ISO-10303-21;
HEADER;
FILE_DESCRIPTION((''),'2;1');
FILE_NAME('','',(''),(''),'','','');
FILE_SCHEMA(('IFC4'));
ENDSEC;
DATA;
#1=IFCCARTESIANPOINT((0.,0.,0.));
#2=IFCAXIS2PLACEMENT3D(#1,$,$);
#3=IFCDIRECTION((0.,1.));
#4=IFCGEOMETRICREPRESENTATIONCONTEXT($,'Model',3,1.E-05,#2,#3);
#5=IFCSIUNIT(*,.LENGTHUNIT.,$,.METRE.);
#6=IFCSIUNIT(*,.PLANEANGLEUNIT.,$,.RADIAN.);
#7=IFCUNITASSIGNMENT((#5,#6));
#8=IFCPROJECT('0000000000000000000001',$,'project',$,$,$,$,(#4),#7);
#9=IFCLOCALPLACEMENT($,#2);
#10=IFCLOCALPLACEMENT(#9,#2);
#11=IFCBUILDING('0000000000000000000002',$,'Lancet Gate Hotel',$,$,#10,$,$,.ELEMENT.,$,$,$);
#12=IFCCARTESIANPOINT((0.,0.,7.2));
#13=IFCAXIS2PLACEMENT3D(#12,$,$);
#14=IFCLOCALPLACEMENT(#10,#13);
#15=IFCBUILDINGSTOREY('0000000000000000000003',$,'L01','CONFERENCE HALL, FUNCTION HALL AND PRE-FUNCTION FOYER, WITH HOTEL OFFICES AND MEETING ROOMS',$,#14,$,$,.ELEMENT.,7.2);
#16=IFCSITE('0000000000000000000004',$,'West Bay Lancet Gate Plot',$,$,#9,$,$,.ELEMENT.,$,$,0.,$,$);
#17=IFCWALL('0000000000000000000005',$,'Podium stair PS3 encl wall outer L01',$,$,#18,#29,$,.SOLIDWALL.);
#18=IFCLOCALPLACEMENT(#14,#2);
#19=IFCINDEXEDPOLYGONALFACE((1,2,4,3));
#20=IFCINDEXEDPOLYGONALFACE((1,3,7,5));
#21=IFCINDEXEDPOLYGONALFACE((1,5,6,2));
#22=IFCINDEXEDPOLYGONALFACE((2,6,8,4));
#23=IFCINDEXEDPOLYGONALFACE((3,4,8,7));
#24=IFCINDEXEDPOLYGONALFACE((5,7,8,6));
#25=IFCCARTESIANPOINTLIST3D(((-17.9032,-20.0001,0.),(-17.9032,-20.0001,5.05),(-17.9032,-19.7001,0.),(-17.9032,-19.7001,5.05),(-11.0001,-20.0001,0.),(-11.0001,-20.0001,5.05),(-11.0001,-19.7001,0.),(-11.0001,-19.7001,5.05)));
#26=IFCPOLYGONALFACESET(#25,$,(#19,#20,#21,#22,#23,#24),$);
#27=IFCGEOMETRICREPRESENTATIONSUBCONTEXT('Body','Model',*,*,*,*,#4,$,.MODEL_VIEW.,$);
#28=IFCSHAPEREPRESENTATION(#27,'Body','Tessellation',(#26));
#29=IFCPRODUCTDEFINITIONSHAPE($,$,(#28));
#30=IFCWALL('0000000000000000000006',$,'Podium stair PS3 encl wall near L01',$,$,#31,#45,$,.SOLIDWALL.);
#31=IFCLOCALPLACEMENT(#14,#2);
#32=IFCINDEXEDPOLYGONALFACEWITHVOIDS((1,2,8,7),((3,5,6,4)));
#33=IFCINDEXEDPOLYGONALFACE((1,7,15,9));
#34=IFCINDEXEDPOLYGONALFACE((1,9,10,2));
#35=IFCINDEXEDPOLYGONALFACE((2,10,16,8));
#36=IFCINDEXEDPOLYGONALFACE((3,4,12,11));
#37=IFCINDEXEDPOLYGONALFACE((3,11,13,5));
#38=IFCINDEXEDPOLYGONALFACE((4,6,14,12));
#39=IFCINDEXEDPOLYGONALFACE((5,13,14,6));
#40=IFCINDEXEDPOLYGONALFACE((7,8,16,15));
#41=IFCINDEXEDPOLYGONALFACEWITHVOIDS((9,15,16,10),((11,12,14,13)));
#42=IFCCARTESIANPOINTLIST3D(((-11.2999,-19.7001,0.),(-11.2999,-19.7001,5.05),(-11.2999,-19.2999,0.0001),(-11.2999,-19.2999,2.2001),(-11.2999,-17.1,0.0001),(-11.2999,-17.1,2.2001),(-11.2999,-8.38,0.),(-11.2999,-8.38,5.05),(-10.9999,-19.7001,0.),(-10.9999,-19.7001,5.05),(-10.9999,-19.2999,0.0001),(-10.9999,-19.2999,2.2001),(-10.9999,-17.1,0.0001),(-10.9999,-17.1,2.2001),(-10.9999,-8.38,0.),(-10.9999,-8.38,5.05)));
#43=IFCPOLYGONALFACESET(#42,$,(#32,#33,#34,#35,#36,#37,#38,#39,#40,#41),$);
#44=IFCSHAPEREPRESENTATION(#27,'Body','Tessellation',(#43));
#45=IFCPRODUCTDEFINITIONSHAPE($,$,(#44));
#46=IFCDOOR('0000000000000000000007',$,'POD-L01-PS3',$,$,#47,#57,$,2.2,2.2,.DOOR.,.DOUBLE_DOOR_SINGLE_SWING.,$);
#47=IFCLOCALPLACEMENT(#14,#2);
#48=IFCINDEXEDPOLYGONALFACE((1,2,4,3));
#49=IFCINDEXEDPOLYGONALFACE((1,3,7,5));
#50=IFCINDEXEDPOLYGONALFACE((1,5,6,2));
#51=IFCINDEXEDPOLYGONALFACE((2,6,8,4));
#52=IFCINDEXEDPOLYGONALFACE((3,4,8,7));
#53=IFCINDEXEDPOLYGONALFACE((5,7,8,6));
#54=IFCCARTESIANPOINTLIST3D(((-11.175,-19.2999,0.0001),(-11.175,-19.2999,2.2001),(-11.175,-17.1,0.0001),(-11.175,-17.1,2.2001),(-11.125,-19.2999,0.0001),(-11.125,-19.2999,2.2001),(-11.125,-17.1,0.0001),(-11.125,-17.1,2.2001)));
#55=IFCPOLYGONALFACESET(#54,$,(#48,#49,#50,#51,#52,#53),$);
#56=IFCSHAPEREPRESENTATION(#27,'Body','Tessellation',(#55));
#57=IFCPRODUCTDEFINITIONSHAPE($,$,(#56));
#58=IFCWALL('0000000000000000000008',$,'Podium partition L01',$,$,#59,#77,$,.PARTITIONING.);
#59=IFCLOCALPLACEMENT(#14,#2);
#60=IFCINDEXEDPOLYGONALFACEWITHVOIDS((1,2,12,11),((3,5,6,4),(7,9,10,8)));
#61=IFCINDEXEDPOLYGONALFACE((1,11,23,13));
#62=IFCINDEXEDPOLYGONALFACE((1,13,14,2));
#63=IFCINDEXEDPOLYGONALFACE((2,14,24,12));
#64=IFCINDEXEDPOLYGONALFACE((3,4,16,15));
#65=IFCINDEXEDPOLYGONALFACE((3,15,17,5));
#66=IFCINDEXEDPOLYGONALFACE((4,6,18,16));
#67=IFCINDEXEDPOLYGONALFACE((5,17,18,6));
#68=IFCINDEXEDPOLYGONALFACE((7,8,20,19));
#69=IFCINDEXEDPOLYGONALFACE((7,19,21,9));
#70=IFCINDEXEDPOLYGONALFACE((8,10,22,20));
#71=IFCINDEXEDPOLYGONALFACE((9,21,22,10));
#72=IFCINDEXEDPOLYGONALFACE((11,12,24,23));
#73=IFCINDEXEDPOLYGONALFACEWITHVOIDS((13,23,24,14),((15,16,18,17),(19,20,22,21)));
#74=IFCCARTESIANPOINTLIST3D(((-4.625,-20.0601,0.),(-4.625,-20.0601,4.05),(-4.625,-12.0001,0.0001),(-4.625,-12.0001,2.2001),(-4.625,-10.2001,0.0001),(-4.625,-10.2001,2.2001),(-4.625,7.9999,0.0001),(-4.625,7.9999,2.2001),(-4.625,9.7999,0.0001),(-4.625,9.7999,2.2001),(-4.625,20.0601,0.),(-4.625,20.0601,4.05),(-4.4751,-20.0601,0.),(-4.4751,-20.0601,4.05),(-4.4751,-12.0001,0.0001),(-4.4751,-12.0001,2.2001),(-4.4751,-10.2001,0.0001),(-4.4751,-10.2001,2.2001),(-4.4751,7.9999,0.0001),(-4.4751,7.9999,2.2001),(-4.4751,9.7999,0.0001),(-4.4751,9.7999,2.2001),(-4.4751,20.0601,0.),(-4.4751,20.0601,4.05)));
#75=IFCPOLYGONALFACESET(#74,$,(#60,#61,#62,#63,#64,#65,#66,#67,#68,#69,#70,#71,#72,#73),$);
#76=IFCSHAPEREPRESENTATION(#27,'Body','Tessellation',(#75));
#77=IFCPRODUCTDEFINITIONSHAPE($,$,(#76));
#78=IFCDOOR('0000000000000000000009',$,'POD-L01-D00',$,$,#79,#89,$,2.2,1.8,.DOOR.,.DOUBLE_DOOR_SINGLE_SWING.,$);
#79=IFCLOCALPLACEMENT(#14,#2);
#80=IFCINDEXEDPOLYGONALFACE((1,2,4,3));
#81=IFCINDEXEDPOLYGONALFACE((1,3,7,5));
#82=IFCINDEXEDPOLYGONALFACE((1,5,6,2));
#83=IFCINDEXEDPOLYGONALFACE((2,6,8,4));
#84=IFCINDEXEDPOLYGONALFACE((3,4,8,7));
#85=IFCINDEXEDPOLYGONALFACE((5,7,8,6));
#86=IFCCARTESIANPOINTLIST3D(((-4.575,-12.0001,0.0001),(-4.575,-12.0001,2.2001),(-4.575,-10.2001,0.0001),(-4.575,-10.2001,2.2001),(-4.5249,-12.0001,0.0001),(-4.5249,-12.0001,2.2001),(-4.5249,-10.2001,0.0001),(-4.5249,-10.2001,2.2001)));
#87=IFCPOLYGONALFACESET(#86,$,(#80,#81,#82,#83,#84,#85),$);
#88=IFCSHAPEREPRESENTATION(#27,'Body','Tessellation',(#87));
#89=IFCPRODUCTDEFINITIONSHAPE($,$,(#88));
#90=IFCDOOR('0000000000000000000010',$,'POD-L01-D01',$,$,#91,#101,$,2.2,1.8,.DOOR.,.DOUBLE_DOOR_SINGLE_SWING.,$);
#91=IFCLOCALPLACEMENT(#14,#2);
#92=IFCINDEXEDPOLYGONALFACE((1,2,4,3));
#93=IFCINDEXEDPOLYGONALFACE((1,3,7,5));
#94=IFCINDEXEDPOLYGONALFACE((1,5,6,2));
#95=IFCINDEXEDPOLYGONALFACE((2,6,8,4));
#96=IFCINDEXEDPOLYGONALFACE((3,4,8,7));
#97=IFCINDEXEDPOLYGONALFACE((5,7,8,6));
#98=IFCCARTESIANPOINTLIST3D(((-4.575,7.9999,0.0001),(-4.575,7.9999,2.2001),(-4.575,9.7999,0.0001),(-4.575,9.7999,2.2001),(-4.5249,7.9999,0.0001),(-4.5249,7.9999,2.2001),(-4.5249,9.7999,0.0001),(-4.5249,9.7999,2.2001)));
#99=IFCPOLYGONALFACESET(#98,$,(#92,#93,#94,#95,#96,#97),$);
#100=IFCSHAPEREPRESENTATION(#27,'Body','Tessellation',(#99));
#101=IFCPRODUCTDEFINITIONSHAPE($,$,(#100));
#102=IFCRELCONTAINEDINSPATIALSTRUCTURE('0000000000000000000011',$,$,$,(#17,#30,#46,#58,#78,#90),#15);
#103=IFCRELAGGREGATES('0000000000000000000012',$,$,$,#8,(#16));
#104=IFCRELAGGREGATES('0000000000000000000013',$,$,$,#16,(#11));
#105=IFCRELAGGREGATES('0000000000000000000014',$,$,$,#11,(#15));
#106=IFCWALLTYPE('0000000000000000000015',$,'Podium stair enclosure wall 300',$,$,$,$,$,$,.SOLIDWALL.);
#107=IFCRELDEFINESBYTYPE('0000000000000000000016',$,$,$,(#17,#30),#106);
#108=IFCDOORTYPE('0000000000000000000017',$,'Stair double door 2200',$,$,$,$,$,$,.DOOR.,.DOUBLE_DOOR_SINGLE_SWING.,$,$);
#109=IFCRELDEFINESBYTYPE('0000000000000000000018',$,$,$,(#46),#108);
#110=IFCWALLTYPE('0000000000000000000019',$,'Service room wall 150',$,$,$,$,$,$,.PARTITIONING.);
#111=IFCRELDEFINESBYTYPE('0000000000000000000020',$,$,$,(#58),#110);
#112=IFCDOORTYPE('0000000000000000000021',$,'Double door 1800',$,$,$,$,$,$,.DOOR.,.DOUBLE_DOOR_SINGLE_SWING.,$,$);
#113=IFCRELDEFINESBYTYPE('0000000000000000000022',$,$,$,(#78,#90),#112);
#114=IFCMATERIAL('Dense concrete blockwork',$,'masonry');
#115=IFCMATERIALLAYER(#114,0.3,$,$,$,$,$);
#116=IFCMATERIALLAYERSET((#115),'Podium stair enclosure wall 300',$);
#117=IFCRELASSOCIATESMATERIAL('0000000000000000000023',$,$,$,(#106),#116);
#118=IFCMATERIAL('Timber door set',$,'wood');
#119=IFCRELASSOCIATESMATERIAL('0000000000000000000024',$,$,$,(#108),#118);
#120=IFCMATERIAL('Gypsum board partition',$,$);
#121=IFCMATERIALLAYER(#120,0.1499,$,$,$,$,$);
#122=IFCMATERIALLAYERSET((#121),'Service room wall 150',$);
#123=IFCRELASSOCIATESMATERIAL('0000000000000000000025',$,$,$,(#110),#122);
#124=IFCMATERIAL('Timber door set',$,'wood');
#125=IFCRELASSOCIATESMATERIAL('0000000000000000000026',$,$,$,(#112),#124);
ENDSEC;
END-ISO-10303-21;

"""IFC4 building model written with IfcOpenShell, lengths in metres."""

from ifc_helpers import new_model, si_unit, direction, frame, frame_2d, origin, place, context, subcontext, project, spatial, rectangle, extrude, material, layer, layer_set, type_object, element, fill, save


model = new_model("IFC4")

# Units and contexts
model_context = context("Model", 3, precision=1e-05, world=origin(), true_north=direction((0.0, 1.0)))
body_context = subcontext(model_context, "Body", "Model", "MODEL_VIEW")
ifc_project = project(units=[si_unit("LENGTHUNIT", "METRE"), si_unit("PLANEANGLEUNIT", "RADIAN")], contexts=[model_context])

# Site, building, storey
site_placement = place(None, origin())
site = spatial("IfcSite", under=ifc_project, at=site_placement, Name="West Bay Lancet Gate Plot", CompositionType="ELEMENT", RefElevation=0.0)
building_placement = place(site_placement, origin())
building = spatial("IfcBuilding", under=site, at=building_placement, Name="Lancet Gate Hotel", CompositionType="ELEMENT")
storey_placement = place(building_placement, frame((0.0, 0.0, 7.2)))
storey = spatial("IfcBuildingStorey", under=building, at=storey_placement, Name="L01", Description="CONFERENCE HALL, FUNCTION HALL AND PRE-FUNCTION FOYER, WITH HOTEL OFFICES AND MEETING ROOMS", CompositionType="ELEMENT", Elevation=7.2)

# Wall
ifc_material_1 = material(Name="Dense concrete blockwork", Category="masonry")
ifc_layer_1 = layer(ifc_material_1, 0.3)
ifc_layer_set_1 = layer_set([ifc_layer_1], Name="Podium stair enclosure wall 300")
wall_type_1 = type_object("IfcWallType", Name="Podium stair enclosure wall 300", PredefinedType="SOLIDWALL", material=ifc_layer_set_1)
wall_1_placement = place(storey_placement, frame((-11.0, -19.8501, 0.0), z_axis=(0.0, 0.0, 1.0), x_axis=(-1.0, 0.0, 0.0)))
element("IfcWall", 1, at=wall_1_placement, inside=storey, type_object=wall_type_1, Name="Podium stair PS3 encl wall outer L01", PredefinedType="SOLIDWALL", context=body_context, shape_type="SweptSolid", body=[
    extrude(rectangle(XDim=6.9031, YDim=0.3, at=frame_2d((3.4517, 0.0))), origin(), (0.0, 0.0, 1.0), 5.05),
])

# Wall, opening, door
wall_2_placement = place(storey_placement, frame((-11.1499, -8.3799, 0.0), z_axis=(0.0, 0.0, 1.0), x_axis=(0.0, -1.0, 0.0)))
wall_2 = element("IfcWall", 2, at=wall_2_placement, inside=storey, type_object=wall_type_1, Name="Podium stair PS3 encl wall near L01", PredefinedType="SOLIDWALL", context=body_context, shape_type="SweptSolid", body=[
    extrude(rectangle(XDim=11.3201, YDim=0.3, at=frame_2d((5.6602, 0.0))), origin(), (0.0, 0.0, 1.0), 5.05),
])
opening_1_placement = place(wall_2_placement, frame((8.72, 0.0, 0.0)))
opening_1 = element("IfcOpeningElement", 3, at=opening_1_placement, cuts=wall_2, PredefinedType="OPENING", context=body_context, shape_type="SweptSolid", body=[
    extrude(rectangle(XDim=2.2, YDim=2.2, at=frame_2d((1.1001, 1.1001))), frame((0.0, 0.1599, 0.0), z_axis=(0.0, -1.0, 0.0), x_axis=(1.0, 0.0, 0.0)), (0.0, 0.0, 1.0), 0.3201),
])
ifc_material_2 = material(Name="Timber door set", Category="wood")
door_type_1 = type_object("IfcDoorType", Name="Stair double door 2200", OperationType="DOUBLE_DOOR_SINGLE_SWING", PredefinedType="DOOR", material=ifc_material_2)
door_1_placement = place(opening_1_placement, origin())
door_1 = element("IfcDoor", 4, at=door_1_placement, inside=storey, type_object=door_type_1, Name="POD-L01-PS3", OperationType="DOUBLE_DOOR_SINGLE_SWING", OverallHeight=2.2, OverallWidth=2.2, PredefinedType="DOOR", context=body_context, shape_type="SweptSolid", body=[
    extrude(rectangle(XDim=2.2, YDim=2.2, at=frame_2d((1.1001, 1.1001))), frame((0.0, 0.0249, 0.0), z_axis=(0.0, -1.0, 0.0), x_axis=(1.0, 0.0, 0.0)), (0.0, 0.0, 1.0), 0.05),
])
fill(opening_1, door_1)

# Wall, openings, doors
ifc_material_3 = material(Name="Gypsum board partition")
ifc_layer_2 = layer(ifc_material_3, 0.1499)
ifc_layer_set_2 = layer_set([ifc_layer_2], Name="Service room wall 150")
wall_type_2 = type_object("IfcWallType", Name="Service room wall 150", PredefinedType="PARTITIONING", material=ifc_layer_set_2)
wall_3_placement = place(storey_placement, frame((-4.55, -20.0601, 0.0), z_axis=(0.0, 0.0, 1.0), x_axis=(0.0, 1.0, 0.0)))
wall_3 = element("IfcWall", 5, at=wall_3_placement, inside=storey, type_object=wall_type_2, Name="Podium partition L01", PredefinedType="PARTITIONING", context=body_context, shape_type="SweptSolid", body=[
    extrude(rectangle(XDim=40.1201, YDim=0.1499, at=frame_2d((20.0601, 0.0))), origin(), (0.0, 0.0, 1.0), 4.05),
])
opening_2_placement = place(wall_3_placement, frame((8.0601, 0.0, 0.0)))
opening_2 = element("IfcOpeningElement", 6, at=opening_2_placement, cuts=wall_3, PredefinedType="OPENING", context=body_context, shape_type="SweptSolid", body=[
    extrude(rectangle(XDim=1.8, YDim=2.2, at=frame_2d((0.8999, 1.1001))), frame((0.0, 0.085, 0.0), z_axis=(0.0, -1.0, 0.0), x_axis=(1.0, 0.0, 0.0)), (0.0, 0.0, 1.0), 0.1699),
])
opening_3_placement = place(wall_3_placement, frame((28.0601, 0.0, 0.0)))
opening_3 = element("IfcOpeningElement", 7, at=opening_3_placement, cuts=wall_3, PredefinedType="OPENING", context=body_context, shape_type="SweptSolid", body=[
    extrude(rectangle(XDim=1.8, YDim=2.2, at=frame_2d((0.8999, 1.1001))), frame((0.0, 0.085, 0.0), z_axis=(0.0, -1.0, 0.0), x_axis=(1.0, 0.0, 0.0)), (0.0, 0.0, 1.0), 0.1699),
])
ifc_material_4 = material(Name="Timber door set", Category="wood")
door_type_2 = type_object("IfcDoorType", Name="Double door 1800", OperationType="DOUBLE_DOOR_SINGLE_SWING", PredefinedType="DOOR", material=ifc_material_4)
door_2_placement = place(opening_2_placement, origin())
door_2 = element("IfcDoor", 8, at=door_2_placement, inside=storey, type_object=door_type_2, Name="POD-L01-D00", OperationType="DOUBLE_DOOR_SINGLE_SWING", OverallHeight=2.2, OverallWidth=1.8, PredefinedType="DOOR", context=body_context, shape_type="SweptSolid", body=[
    extrude(rectangle(XDim=1.8, YDim=2.2, at=frame_2d((0.8999, 1.1001))), frame((0.0, 0.0249, 0.0), z_axis=(0.0, -1.0, 0.0), x_axis=(1.0, 0.0, 0.0)), (0.0, 0.0, 1.0), 0.05),
])
fill(opening_2, door_2)
door_3_placement = place(opening_3_placement, origin())
door_3 = element("IfcDoor", 9, at=door_3_placement, inside=storey, type_object=door_type_2, Name="POD-L01-D01", OperationType="DOUBLE_DOOR_SINGLE_SWING", OverallHeight=2.2, OverallWidth=1.8, PredefinedType="DOOR", context=body_context, shape_type="SweptSolid", body=[
    extrude(rectangle(XDim=1.8, YDim=2.2, at=frame_2d((0.8999, 1.1001))), frame((0.0, 0.0249, 0.0), z_axis=(0.0, -1.0, 0.0), x_axis=(1.0, 0.0, 0.0)), (0.0, 0.0, 1.0), 0.05),
])
fill(opening_3, door_3)

save(model, "model.ifc")
